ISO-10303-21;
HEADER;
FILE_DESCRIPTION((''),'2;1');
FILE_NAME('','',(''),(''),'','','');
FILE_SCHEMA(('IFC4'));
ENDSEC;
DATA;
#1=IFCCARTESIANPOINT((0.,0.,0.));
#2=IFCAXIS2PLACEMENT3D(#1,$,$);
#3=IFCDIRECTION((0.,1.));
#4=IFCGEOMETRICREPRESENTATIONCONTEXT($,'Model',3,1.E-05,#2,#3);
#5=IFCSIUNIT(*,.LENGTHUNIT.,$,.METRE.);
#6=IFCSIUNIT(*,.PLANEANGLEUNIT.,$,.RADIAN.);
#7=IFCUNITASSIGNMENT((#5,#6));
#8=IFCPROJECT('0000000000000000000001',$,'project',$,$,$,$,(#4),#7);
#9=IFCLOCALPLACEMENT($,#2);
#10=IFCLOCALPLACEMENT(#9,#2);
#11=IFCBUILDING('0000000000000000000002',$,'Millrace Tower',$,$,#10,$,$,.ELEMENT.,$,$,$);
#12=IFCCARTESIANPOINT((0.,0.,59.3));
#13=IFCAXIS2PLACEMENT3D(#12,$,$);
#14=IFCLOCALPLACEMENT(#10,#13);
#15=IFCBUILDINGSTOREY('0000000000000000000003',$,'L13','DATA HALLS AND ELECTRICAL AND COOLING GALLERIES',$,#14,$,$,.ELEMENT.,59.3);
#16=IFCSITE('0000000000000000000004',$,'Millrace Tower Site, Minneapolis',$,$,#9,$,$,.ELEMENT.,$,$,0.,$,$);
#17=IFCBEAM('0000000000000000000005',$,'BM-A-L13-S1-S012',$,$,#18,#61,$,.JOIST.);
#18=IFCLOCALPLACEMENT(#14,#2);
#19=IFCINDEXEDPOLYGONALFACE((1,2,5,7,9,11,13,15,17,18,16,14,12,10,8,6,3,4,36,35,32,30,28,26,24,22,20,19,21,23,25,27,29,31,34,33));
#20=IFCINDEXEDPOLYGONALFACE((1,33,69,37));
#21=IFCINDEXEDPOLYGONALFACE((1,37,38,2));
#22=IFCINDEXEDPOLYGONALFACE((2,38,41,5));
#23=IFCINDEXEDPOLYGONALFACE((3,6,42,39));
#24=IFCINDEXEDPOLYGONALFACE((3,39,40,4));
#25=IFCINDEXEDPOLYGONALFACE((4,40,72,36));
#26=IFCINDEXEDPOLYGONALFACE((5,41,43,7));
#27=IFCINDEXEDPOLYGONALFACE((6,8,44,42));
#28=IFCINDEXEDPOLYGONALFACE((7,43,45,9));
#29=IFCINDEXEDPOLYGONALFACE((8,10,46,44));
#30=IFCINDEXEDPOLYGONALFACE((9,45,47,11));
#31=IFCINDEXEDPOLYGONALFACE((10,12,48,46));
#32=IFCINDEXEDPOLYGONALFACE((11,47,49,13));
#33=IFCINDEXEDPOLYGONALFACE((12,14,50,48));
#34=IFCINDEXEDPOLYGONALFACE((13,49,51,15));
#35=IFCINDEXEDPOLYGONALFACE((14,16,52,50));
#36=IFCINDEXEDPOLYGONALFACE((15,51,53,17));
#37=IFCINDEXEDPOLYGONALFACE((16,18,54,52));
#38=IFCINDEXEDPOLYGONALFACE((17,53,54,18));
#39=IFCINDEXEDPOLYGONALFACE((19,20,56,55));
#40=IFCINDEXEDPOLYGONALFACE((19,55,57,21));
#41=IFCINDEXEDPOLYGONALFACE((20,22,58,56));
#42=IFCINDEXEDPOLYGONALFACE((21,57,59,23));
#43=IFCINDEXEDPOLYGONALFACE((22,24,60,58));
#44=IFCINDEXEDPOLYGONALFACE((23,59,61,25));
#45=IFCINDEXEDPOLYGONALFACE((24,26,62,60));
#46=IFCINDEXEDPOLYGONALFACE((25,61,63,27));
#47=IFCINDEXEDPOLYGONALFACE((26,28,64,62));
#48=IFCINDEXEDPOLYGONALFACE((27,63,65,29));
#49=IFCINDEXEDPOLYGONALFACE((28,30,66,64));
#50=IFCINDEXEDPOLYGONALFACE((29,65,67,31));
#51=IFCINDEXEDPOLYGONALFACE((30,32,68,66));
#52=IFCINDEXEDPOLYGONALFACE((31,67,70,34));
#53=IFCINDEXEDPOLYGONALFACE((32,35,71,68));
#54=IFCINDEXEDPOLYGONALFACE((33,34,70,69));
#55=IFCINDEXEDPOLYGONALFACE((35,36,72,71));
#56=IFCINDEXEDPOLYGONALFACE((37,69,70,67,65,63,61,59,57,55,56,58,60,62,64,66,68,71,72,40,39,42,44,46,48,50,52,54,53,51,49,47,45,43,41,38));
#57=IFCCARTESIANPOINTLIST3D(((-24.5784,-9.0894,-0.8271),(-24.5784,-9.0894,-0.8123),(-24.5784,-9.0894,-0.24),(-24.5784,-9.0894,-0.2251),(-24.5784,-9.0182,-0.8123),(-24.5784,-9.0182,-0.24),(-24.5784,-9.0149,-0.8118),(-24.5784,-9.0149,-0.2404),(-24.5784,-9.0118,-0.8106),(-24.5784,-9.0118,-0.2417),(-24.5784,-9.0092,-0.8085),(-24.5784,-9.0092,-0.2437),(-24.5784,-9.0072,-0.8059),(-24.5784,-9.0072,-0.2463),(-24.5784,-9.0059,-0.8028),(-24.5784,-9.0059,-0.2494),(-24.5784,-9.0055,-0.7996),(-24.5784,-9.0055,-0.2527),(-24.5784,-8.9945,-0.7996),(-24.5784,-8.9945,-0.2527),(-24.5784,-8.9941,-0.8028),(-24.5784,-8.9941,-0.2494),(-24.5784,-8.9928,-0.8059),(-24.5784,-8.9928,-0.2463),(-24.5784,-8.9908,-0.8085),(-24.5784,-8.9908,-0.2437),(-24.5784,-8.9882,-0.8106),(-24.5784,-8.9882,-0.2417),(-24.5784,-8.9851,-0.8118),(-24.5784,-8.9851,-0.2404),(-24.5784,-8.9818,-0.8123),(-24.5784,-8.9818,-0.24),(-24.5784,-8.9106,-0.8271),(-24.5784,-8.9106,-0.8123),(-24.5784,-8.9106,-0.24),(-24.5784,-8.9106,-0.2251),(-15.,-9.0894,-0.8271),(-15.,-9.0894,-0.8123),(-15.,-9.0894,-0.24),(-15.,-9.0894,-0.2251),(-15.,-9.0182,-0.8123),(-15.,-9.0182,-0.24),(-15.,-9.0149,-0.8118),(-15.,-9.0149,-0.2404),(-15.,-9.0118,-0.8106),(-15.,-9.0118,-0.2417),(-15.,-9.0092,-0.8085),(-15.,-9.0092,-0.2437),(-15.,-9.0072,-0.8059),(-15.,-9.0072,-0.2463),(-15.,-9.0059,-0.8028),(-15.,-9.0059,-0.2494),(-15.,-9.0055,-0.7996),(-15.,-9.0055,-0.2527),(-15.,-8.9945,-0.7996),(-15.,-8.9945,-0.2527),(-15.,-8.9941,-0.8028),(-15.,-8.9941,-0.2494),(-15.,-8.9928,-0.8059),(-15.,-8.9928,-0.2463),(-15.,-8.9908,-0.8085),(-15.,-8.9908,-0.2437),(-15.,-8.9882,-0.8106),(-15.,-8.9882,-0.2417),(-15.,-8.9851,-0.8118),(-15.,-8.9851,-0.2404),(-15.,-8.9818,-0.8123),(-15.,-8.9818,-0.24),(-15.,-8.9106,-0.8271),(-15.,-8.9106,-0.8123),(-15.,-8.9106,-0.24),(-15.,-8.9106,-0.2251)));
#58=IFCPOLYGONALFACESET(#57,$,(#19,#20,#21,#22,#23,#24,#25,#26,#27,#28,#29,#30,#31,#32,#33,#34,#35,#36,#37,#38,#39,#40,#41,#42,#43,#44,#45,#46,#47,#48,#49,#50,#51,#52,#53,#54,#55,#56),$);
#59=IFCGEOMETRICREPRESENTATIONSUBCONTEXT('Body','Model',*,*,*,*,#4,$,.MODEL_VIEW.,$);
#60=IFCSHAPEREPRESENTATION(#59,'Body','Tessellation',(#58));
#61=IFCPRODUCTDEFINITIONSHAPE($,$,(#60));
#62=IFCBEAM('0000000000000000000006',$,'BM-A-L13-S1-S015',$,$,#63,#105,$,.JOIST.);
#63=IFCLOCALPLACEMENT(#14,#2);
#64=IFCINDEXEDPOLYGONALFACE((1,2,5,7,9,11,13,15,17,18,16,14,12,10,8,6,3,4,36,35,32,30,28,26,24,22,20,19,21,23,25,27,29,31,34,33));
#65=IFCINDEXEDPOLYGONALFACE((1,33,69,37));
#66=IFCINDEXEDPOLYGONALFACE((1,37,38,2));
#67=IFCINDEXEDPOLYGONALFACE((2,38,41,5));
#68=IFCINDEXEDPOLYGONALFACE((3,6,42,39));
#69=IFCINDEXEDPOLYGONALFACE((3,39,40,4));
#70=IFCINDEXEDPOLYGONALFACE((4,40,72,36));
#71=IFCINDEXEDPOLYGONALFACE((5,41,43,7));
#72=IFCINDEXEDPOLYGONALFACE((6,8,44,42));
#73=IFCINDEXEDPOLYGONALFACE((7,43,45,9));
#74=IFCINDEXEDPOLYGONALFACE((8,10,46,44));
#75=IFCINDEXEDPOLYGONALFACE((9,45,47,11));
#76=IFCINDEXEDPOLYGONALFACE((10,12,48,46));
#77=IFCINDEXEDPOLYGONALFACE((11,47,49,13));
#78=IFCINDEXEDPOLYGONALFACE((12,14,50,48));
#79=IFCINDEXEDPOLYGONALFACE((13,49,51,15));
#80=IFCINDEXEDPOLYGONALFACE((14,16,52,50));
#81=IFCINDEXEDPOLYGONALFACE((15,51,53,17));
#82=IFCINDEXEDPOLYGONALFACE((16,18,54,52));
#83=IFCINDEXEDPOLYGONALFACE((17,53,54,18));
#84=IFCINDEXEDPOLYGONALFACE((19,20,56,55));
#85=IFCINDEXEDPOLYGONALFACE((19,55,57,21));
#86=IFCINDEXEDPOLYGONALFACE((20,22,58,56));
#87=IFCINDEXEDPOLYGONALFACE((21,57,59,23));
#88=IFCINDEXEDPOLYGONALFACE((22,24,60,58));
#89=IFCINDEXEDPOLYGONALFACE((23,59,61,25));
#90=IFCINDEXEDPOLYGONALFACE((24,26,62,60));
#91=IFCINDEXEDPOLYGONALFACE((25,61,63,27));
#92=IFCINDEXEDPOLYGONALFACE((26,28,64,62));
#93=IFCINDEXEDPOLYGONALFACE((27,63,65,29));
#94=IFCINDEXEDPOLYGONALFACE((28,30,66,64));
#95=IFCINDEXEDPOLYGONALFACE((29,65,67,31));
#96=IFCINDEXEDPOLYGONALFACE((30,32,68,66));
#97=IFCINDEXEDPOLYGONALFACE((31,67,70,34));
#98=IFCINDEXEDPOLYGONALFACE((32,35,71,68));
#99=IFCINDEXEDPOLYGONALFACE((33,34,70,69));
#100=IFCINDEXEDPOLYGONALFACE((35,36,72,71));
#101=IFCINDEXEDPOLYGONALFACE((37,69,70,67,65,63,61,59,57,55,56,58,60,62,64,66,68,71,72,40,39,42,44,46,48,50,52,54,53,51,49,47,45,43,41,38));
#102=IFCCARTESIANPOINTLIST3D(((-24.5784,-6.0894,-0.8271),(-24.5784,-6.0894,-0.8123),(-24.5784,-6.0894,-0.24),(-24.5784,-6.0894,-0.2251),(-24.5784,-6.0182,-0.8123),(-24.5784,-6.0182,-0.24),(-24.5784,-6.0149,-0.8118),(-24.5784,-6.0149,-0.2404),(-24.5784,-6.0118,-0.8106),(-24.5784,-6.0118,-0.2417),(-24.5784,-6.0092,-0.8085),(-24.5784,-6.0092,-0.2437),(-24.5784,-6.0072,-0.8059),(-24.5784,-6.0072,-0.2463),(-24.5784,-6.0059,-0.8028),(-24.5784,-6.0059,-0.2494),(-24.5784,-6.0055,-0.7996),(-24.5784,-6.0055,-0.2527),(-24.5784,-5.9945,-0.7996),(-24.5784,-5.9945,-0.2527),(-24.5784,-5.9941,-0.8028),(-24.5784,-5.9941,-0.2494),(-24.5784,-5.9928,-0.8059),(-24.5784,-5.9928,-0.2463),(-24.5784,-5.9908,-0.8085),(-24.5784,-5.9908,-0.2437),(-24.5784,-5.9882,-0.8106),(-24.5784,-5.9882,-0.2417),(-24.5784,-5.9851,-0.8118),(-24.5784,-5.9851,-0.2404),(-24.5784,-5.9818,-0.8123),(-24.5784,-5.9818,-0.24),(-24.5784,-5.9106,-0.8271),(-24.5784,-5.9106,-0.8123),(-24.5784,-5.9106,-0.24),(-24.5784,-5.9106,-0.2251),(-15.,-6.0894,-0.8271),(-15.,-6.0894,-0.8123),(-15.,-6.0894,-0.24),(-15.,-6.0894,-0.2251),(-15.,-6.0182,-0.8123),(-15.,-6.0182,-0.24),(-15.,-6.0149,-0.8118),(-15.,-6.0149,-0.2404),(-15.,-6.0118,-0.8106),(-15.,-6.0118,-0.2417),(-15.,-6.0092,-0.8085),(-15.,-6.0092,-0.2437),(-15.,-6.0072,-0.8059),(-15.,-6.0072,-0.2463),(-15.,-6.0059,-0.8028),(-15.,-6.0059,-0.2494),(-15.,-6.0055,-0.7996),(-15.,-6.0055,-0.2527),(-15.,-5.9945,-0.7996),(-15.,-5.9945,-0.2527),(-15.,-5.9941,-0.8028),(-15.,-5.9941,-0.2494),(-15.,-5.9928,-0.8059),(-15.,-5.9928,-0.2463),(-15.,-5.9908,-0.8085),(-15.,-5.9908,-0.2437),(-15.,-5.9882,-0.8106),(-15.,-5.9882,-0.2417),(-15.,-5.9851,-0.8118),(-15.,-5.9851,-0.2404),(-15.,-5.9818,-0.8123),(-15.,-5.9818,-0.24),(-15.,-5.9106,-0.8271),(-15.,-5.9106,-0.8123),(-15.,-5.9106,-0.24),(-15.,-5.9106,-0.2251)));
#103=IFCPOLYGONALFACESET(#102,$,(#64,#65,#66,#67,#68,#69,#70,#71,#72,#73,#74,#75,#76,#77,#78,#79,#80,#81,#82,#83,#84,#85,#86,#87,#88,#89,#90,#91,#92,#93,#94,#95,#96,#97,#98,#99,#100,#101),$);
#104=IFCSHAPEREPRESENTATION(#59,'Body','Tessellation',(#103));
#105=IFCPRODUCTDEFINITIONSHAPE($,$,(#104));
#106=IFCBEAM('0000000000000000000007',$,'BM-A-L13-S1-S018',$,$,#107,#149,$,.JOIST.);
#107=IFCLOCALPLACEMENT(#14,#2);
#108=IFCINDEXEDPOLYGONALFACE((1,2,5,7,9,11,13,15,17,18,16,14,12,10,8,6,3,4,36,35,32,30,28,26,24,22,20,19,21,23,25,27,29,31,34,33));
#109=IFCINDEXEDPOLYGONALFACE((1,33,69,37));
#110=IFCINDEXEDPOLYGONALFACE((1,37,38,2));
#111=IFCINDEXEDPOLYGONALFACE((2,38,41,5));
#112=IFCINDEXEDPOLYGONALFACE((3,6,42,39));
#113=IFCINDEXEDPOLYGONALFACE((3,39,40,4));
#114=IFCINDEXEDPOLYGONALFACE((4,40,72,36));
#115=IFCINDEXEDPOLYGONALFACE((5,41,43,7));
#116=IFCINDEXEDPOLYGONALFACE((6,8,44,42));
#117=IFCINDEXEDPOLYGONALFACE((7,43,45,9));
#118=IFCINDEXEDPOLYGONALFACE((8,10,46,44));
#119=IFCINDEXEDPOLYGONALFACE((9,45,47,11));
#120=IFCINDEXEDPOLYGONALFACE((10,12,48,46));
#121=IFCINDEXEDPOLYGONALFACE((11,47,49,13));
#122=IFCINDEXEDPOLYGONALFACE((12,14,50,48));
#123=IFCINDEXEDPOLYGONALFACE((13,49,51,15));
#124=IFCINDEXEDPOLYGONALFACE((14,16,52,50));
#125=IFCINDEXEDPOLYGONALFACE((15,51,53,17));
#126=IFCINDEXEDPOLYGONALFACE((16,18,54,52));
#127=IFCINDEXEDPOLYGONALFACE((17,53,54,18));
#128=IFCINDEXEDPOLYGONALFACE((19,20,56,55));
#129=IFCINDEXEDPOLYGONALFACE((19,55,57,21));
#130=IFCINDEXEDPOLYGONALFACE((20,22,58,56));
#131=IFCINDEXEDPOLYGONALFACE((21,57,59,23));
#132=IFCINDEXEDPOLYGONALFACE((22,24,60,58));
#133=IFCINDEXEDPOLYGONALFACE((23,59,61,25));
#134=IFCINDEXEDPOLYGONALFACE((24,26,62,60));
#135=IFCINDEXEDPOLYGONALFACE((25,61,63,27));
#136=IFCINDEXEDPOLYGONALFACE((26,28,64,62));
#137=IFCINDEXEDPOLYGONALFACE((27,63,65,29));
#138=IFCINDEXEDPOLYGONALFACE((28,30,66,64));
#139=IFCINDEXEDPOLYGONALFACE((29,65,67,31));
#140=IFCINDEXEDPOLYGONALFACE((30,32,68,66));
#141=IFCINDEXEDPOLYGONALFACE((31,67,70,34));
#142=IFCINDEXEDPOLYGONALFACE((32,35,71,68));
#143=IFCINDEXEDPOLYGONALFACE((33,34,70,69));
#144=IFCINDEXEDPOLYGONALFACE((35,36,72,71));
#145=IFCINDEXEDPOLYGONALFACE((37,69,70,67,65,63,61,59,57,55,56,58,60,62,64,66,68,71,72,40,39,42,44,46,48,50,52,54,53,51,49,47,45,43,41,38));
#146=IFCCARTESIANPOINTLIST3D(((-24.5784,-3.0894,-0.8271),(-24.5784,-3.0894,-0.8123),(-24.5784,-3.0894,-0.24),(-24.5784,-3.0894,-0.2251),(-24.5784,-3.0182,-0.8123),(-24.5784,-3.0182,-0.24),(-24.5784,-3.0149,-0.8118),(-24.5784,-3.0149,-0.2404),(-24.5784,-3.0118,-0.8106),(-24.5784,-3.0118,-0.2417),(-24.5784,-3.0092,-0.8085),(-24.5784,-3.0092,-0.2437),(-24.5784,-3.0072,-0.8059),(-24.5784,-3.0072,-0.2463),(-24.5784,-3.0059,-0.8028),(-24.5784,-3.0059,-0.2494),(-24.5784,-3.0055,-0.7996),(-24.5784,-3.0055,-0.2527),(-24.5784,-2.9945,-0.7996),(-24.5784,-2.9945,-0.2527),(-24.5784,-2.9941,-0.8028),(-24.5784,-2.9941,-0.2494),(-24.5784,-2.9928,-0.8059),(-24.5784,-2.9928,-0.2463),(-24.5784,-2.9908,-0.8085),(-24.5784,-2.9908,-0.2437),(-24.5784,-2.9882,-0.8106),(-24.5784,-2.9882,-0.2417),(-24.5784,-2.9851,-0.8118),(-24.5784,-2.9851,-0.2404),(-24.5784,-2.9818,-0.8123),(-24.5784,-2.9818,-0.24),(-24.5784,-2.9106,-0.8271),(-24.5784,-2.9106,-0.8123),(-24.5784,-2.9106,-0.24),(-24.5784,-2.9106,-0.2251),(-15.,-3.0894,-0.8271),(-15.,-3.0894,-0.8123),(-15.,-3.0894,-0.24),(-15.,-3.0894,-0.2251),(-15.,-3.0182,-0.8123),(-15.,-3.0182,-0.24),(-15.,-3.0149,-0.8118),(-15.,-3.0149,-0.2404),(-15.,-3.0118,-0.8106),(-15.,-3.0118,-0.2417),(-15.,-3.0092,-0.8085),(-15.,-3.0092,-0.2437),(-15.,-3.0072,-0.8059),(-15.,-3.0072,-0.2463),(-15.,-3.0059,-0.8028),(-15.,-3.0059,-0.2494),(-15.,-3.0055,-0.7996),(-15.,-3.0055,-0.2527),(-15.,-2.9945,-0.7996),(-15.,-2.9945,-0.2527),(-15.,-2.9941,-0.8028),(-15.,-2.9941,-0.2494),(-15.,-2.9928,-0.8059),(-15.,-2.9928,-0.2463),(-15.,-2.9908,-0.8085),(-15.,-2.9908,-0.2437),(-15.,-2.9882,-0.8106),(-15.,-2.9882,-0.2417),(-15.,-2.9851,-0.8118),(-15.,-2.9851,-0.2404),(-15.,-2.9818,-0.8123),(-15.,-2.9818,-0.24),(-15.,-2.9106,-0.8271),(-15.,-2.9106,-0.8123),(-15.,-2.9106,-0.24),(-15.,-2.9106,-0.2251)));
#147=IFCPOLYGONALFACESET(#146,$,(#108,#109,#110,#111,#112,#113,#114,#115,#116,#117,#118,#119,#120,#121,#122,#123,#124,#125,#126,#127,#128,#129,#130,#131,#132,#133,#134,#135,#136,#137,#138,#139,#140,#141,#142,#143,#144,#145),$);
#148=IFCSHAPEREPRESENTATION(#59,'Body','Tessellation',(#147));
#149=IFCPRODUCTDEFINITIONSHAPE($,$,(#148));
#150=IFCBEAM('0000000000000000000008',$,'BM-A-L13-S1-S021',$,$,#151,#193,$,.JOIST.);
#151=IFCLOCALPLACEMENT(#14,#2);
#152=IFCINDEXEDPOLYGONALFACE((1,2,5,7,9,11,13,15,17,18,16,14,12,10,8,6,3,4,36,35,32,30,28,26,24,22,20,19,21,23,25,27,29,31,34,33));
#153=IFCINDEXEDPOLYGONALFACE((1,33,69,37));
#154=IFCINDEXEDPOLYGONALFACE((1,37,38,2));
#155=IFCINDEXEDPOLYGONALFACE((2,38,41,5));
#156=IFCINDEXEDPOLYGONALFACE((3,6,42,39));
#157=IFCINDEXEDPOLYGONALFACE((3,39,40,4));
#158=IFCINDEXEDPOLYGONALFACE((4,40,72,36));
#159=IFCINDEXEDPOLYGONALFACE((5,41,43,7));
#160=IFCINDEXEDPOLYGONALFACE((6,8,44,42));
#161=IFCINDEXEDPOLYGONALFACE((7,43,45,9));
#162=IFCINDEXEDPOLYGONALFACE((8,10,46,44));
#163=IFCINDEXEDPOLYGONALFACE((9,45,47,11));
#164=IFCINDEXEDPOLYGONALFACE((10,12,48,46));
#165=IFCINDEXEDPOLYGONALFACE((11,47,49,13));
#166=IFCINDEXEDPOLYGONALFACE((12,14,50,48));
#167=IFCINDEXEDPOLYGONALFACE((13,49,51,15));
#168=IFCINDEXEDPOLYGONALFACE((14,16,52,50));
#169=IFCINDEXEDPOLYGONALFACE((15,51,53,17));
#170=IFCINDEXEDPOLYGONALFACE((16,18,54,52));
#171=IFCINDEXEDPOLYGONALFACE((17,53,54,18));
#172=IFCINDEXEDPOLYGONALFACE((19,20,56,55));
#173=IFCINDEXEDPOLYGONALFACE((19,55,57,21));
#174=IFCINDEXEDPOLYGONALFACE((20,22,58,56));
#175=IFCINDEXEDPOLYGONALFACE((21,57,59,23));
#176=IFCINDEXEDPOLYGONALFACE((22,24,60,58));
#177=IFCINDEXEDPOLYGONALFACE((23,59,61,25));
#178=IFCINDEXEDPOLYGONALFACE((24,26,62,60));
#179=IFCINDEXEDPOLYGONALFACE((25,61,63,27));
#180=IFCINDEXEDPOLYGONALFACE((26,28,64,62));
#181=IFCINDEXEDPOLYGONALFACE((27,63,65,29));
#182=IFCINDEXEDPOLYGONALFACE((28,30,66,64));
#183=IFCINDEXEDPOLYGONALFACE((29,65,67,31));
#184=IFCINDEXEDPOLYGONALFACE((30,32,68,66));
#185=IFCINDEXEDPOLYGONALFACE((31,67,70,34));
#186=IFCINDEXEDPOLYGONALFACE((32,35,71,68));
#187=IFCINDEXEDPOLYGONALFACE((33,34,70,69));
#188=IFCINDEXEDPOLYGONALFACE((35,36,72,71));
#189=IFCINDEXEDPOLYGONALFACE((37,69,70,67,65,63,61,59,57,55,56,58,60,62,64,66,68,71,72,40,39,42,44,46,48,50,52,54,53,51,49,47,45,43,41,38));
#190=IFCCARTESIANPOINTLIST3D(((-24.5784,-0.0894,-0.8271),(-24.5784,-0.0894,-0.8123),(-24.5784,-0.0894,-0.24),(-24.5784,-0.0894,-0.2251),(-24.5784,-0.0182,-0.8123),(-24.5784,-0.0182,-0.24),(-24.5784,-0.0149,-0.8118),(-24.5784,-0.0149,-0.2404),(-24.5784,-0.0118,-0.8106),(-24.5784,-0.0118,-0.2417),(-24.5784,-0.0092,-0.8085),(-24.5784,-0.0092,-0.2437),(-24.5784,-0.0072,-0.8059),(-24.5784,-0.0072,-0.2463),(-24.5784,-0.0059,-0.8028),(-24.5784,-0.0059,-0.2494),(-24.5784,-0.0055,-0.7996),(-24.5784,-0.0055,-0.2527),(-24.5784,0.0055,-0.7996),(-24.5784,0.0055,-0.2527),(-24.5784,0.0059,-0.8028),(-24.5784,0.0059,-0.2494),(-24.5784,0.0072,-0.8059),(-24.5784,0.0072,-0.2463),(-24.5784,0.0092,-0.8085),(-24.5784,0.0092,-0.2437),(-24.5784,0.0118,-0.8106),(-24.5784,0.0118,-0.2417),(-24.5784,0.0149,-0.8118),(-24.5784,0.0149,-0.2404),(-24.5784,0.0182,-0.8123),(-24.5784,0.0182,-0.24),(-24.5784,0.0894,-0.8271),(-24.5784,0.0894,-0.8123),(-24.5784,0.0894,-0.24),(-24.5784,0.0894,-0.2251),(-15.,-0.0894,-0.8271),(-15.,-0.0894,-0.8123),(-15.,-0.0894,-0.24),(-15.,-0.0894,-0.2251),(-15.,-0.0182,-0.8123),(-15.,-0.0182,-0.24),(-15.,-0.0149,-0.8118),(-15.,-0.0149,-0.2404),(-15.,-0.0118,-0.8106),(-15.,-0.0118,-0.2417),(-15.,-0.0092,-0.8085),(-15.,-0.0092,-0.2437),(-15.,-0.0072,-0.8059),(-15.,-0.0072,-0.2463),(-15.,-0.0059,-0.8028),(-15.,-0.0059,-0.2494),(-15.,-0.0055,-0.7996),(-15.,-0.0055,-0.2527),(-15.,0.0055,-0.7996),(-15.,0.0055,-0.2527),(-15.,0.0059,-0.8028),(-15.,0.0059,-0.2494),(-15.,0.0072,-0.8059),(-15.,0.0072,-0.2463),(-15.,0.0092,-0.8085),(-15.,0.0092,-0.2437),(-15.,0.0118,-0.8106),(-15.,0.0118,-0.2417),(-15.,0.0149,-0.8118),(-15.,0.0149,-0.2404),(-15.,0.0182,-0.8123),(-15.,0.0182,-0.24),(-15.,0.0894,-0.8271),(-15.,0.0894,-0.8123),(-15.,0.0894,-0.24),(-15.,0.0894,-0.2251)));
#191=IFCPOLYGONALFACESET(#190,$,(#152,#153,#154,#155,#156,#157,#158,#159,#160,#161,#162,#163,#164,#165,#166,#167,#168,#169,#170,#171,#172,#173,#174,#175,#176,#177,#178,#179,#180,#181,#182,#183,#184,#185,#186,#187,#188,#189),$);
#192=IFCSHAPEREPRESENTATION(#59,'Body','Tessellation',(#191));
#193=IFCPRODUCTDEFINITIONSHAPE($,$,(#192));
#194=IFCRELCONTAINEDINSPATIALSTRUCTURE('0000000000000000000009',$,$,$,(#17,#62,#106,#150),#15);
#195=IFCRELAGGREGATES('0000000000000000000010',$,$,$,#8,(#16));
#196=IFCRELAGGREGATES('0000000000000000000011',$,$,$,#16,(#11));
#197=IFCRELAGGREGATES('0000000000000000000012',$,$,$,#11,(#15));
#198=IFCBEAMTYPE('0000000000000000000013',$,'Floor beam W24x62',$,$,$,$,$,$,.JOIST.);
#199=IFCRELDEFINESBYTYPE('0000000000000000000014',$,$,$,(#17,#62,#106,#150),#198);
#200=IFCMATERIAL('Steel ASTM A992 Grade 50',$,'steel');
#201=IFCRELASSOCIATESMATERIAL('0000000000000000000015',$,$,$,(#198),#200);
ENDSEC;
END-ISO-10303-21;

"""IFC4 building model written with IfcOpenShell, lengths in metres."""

from ifc_helpers import new_model, si_unit, direction, frame, origin, origin_2d, place, context, subcontext, project, spatial, i_section, extrude, material, material_profile, profile_set, type_object, element, save


model = new_model("IFC4")

# Units and contexts
model_context = context("Model", 3, precision=1e-05, world=origin(), true_north=direction((0.0, 1.0)))
body_context = subcontext(model_context, "Body", "Model", "MODEL_VIEW")
ifc_project = project(units=[si_unit("LENGTHUNIT", "METRE"), si_unit("PLANEANGLEUNIT", "RADIAN")], contexts=[model_context])

# Site, building, storey
site_placement = place(None, origin())
site = spatial("IfcSite", under=ifc_project, at=site_placement, Name="Millrace Tower Site, Minneapolis", CompositionType="ELEMENT", RefElevation=0.0)
building_placement = place(site_placement, origin())
building = spatial("IfcBuilding", under=site, at=building_placement, Name="Millrace Tower", CompositionType="ELEMENT")
storey_placement = place(building_placement, frame((0.0, 0.0, 59.3)))
storey = spatial("IfcBuildingStorey", under=building, at=storey_placement, Name="L13", Description="DATA HALLS AND ELECTRICAL AND COOLING GALLERIES", CompositionType="ELEMENT", Elevation=59.3)

# Beams
ifc_material_1 = material(Name="Steel ASTM A992 Grade 50", Category="steel")
ifc_material_profile_1 = material_profile(ifc_material_1, i_section(OverallWidth=0.1787, OverallDepth=0.6021, WebThickness=0.011, FlangeThickness=0.0149, FilletRadius=0.0127, at=origin_2d()))
ifc_profile_set_1 = profile_set([ifc_material_profile_1], Name="Steel ASTM A992 Grade 50")
beam_type_1 = type_object("IfcBeamType", Name="Floor beam W24x62", PredefinedType="JOIST", material=ifc_profile_set_1)
for number, where, z_axis, x_axis, name in (
    (1, (-24.5784, -9.0, -0.5261), (1.0, 0.0, 0.0), (0.0, 1.0, 0.0), "BM-A-L13-S1-S012"),
    (2, (-24.5784, -6.0, -0.5261), (1.0, 0.0, 0.0), (0.0, 1.0, 0.0), "BM-A-L13-S1-S015"),
    (3, (-24.5784, -3.0, -0.5261), (1.0, 0.0, 0.0), (0.0, 1.0, 0.0), "BM-A-L13-S1-S018"),
    (4, (-24.5784, 0.0, -0.5261), (1.0, 0.0, 0.0), (0.0, 1.0, 0.0), "BM-A-L13-S1-S021"),
):
    element("IfcBeam", number, at=place(storey_placement, frame(where, z_axis=z_axis, x_axis=x_axis)), inside=storey, type_object=beam_type_1, Name=name, PredefinedType="JOIST", context=body_context, shape_type="SweptSolid", body=[
        extrude(i_section(OverallWidth=0.1787, OverallDepth=0.6021, WebThickness=0.011, FlangeThickness=0.0149, FilletRadius=0.0127, at=origin_2d()), origin(), (0.0, 0.0, 1.0), 9.5784),
    ])

save(model, "model.ifc")
